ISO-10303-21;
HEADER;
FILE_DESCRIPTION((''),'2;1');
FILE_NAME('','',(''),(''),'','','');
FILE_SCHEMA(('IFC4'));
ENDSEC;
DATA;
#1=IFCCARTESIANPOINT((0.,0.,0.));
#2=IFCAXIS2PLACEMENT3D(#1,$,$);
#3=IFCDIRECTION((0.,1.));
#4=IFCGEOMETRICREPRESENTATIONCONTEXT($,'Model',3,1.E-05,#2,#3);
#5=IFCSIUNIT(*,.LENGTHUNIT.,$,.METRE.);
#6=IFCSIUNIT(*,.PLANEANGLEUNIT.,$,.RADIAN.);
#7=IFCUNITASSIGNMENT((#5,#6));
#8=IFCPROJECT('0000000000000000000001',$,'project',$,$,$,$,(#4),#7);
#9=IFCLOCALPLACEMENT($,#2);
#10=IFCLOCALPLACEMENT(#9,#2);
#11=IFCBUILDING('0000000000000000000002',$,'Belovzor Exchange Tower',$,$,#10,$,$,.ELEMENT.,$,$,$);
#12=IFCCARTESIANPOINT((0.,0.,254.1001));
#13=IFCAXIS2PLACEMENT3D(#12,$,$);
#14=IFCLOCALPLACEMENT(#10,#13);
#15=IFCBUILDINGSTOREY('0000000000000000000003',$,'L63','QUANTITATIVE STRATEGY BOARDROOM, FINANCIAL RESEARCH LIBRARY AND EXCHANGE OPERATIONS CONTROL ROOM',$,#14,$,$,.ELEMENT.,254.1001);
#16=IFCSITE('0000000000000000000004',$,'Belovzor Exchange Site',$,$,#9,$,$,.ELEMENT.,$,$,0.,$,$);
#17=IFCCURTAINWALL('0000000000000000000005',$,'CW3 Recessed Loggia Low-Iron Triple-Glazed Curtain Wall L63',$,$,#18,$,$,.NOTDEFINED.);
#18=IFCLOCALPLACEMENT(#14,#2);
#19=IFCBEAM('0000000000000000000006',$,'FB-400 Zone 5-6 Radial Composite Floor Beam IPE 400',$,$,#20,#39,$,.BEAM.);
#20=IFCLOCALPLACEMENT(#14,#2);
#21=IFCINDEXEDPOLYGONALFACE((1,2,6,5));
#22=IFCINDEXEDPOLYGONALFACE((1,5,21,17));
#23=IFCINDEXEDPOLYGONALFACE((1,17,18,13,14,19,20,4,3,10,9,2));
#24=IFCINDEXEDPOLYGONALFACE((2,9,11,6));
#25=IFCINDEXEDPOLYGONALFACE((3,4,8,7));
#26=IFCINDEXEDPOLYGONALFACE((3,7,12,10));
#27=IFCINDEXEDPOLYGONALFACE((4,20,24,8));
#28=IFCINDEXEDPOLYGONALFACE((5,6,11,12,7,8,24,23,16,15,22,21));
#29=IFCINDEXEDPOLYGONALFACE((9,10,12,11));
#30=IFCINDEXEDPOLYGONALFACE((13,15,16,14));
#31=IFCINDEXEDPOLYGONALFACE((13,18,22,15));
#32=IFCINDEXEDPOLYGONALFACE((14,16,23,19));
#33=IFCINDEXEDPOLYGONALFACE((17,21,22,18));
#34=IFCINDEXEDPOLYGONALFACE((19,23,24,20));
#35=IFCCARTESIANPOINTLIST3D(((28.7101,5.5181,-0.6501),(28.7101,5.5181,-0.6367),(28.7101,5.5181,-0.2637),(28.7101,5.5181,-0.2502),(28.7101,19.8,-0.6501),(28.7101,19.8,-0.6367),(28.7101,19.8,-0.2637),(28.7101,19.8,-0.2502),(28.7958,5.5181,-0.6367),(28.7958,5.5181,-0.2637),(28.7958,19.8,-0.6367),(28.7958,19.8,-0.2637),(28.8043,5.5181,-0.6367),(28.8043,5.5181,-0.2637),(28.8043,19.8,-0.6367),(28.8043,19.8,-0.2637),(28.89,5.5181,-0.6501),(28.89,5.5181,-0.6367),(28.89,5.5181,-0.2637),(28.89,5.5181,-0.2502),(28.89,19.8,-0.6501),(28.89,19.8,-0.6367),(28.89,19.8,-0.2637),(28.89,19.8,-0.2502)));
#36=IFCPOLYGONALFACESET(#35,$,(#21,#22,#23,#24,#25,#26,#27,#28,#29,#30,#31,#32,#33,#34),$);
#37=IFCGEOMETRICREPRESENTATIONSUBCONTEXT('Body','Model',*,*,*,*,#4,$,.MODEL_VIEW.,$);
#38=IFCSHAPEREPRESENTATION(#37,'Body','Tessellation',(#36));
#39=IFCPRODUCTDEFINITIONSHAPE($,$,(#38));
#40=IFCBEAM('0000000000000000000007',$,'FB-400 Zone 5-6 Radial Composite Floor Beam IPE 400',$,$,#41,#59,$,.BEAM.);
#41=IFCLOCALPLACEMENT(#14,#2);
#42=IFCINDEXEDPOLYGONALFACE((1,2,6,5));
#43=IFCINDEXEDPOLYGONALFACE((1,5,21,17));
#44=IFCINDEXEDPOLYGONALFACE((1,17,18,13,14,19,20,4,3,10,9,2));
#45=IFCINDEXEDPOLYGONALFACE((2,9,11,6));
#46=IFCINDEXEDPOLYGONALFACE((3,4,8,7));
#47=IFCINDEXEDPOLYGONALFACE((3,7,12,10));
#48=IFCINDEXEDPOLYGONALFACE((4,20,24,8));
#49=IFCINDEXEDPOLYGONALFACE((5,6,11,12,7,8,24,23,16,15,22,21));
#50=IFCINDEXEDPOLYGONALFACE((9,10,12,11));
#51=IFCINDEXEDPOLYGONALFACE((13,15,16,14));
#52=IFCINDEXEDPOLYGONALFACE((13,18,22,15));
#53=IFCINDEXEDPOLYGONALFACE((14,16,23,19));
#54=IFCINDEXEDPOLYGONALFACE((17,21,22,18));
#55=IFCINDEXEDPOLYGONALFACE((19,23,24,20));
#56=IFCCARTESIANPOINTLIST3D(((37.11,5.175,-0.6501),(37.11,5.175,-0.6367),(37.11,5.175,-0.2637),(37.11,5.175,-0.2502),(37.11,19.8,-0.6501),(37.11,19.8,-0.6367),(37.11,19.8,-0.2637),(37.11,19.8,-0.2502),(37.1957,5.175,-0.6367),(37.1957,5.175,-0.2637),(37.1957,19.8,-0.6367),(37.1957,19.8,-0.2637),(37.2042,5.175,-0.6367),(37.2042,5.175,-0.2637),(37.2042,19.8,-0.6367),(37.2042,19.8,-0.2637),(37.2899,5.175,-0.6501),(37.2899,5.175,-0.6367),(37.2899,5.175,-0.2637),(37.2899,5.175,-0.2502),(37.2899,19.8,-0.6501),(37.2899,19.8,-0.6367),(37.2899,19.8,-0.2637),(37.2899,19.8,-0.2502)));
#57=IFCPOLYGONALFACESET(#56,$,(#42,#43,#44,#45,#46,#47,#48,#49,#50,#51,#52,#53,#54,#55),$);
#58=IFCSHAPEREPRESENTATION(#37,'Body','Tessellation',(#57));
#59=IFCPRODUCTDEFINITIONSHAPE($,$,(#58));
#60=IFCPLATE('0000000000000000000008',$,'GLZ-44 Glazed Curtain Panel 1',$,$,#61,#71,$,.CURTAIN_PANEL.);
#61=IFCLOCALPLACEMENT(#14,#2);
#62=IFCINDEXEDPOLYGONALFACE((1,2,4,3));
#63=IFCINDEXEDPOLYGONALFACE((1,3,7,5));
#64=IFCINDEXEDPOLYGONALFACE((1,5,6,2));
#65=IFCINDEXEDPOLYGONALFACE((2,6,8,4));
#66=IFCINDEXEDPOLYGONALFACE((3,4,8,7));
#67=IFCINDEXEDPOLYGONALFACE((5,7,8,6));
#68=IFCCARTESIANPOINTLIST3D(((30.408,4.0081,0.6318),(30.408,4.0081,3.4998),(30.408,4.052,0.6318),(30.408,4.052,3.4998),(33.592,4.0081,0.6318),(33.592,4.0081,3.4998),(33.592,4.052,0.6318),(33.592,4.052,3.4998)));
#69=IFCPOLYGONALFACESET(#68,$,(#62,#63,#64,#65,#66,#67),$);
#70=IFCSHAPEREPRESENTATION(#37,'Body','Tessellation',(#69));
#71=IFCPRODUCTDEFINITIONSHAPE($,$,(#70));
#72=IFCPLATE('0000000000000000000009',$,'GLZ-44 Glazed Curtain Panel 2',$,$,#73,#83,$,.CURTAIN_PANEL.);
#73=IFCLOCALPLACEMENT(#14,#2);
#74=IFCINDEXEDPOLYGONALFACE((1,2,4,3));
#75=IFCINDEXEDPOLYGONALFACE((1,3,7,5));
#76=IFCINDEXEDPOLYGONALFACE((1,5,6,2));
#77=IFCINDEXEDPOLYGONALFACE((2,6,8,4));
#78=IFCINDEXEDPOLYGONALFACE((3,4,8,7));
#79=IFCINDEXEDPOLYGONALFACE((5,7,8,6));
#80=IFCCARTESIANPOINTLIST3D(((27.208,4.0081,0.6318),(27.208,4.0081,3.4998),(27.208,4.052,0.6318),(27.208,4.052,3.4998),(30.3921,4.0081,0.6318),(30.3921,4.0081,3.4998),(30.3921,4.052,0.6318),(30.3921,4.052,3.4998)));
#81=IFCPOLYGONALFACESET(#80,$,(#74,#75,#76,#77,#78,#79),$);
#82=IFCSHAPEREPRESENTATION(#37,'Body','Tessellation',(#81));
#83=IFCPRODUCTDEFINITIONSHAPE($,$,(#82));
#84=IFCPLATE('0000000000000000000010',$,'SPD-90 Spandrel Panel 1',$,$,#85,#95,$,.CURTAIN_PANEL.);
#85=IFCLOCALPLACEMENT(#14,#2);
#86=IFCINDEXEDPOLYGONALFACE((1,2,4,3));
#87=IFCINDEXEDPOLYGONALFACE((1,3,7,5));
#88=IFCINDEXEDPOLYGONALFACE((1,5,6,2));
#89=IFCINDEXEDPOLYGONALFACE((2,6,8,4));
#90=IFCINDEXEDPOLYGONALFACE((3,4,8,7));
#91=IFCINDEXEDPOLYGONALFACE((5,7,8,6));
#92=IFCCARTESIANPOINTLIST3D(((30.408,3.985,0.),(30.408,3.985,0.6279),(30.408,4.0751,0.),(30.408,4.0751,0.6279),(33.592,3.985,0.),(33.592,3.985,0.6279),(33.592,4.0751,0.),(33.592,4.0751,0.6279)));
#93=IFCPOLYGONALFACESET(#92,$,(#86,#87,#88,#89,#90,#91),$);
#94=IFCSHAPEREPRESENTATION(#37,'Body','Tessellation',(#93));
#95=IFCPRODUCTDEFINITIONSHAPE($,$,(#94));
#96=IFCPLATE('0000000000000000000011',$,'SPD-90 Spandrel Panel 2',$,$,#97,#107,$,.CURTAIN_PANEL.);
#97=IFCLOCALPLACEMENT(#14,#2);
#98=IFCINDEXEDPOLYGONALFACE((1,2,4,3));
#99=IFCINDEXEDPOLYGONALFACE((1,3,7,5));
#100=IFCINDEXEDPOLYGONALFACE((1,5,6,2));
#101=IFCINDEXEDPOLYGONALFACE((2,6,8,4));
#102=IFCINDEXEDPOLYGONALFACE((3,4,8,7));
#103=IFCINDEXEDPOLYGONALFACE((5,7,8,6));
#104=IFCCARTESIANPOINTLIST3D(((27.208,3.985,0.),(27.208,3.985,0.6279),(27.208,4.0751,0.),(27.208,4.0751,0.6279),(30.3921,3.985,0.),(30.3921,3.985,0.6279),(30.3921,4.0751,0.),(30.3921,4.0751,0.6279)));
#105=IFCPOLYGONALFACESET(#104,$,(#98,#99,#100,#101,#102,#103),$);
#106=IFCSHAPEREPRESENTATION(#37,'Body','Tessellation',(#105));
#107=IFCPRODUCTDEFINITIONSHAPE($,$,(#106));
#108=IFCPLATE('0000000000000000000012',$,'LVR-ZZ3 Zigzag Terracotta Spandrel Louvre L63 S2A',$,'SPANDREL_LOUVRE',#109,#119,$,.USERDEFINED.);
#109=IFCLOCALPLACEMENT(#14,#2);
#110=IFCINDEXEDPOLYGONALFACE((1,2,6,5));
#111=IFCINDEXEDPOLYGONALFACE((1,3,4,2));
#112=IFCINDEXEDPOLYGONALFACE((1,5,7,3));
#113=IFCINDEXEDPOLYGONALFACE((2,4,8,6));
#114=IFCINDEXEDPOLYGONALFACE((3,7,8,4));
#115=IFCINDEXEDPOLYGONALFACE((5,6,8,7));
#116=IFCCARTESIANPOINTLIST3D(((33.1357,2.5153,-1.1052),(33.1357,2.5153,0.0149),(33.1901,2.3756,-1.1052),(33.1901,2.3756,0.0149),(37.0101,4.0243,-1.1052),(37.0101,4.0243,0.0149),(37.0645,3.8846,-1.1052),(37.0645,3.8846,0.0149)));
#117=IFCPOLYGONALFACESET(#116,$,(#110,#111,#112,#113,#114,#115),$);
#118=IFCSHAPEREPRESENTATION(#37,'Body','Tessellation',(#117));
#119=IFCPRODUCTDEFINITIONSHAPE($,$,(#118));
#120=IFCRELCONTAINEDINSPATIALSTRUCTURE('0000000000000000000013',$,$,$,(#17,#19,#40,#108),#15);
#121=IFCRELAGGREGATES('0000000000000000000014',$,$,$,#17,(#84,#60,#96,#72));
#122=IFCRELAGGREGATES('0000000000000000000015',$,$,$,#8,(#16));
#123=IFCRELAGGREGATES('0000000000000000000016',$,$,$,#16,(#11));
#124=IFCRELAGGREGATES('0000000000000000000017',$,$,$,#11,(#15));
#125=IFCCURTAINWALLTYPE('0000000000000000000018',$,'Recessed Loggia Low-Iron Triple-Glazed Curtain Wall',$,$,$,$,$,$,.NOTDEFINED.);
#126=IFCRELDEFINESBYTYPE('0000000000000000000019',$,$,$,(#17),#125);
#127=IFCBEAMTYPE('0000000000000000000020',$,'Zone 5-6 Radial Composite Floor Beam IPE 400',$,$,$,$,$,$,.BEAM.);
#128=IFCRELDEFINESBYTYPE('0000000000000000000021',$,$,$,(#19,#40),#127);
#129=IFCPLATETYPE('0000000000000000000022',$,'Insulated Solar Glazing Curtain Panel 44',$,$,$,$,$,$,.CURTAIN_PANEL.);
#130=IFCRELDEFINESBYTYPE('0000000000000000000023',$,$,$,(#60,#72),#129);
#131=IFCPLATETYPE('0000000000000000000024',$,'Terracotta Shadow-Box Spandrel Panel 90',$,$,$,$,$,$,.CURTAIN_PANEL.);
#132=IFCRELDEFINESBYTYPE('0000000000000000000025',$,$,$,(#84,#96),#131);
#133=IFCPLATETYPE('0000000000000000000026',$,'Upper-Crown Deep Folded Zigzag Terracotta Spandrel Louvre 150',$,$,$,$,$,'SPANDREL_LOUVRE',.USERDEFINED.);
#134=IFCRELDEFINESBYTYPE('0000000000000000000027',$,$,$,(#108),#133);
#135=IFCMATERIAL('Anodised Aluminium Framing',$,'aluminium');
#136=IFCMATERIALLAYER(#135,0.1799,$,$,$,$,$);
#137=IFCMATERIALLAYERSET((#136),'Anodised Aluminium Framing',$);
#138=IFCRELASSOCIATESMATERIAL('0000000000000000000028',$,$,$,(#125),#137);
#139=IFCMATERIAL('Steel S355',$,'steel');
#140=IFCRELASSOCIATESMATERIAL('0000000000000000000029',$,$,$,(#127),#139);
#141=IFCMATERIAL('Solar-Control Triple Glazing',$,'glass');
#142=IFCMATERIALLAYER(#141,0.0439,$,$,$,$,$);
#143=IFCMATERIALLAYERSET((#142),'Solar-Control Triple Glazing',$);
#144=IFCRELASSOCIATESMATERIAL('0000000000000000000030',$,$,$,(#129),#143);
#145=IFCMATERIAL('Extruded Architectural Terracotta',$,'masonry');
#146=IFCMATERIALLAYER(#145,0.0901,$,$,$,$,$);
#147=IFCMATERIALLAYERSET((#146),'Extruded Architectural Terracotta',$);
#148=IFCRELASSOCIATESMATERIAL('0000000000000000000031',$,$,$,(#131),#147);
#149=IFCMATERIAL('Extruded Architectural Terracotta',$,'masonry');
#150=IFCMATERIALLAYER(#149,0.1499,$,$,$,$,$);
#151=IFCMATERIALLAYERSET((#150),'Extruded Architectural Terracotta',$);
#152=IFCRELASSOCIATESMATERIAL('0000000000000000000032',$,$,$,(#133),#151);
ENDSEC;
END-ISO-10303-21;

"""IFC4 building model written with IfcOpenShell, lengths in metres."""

from ifc_helpers import new_model, si_unit, direction, frame, origin, origin_2d, place, context, subcontext, project, spatial, rectangle, i_section, extrude, material, layer, layer_set, material_profile, profile_set, type_object, element, aggregate, save


model = new_model("IFC4")

# Units and contexts
model_context = context("Model", 3, precision=1e-05, world=origin(), true_north=direction((0.0, 1.0)))
body_context = subcontext(model_context, "Body", "Model", "MODEL_VIEW")
ifc_project = project(units=[si_unit("LENGTHUNIT", "METRE"), si_unit("PLANEANGLEUNIT", "RADIAN")], contexts=[model_context])

# Site, building, storey
site_placement = place(None, origin())
site = spatial("IfcSite", under=ifc_project, at=site_placement, Name="Belovzor Exchange Site", CompositionType="ELEMENT", RefElevation=0.0)
building_placement = place(site_placement, origin())
building = spatial("IfcBuilding", under=site, at=building_placement, Name="Belovzor Exchange Tower", CompositionType="ELEMENT")
storey_placement = place(building_placement, frame((0.0, 0.0, 254.1001)))
storey = spatial("IfcBuildingStorey", under=building, at=storey_placement, Name="L63", Description="QUANTITATIVE STRATEGY BOARDROOM, FINANCIAL RESEARCH LIBRARY AND EXCHANGE OPERATIONS CONTROL ROOM", CompositionType="ELEMENT", Elevation=254.1001)

# Curtain wall
ifc_material_1 = material(Name="Anodised Aluminium Framing", Category="aluminium")
ifc_layer_1 = layer(ifc_material_1, 0.1799)
ifc_layer_set_1 = layer_set([ifc_layer_1], Name="Anodised Aluminium Framing")
curtain_wall_type = type_object("IfcCurtainWallType", Name="Recessed Loggia Low-Iron Triple-Glazed Curtain Wall", PredefinedType="NOTDEFINED", material=ifc_layer_set_1)
curtain_wall_placement = place(storey_placement, origin())
curtain_wall = element("IfcCurtainWall", 1, at=curtain_wall_placement, inside=storey, type_object=curtain_wall_type, Name="CW3 Recessed Loggia Low-Iron Triple-Glazed Curtain Wall L63", PredefinedType="NOTDEFINED")

# Beams
ifc_material_2 = material(Name="Steel S355", Category="steel")
ifc_material_profile_1 = material_profile(ifc_material_2, i_section(OverallWidth=0.1799, OverallDepth=0.3999, WebThickness=0.0085, FlangeThickness=0.0134, at=origin_2d()))
ifc_profile_set_1 = profile_set([ifc_material_profile_1], Name="Steel S355")
beam_type_1 = type_object("IfcBeamType", Name="Zone 5-6 Radial Composite Floor Beam IPE 400", PredefinedType="BEAM", material=ifc_profile_set_1)
beam_1_placement = place(storey_placement, frame((28.8, 19.8, -0.4502), z_axis=(0.0, -1.0, 0.0), x_axis=(1.0, 0.0, 0.0)))
element("IfcBeam", 2, at=beam_1_placement, inside=storey, type_object=beam_type_1, Name="FB-400 Zone 5-6 Radial Composite Floor Beam IPE 400", PredefinedType="BEAM", context=body_context, shape_type="SweptSolid", body=[
    extrude(i_section(OverallWidth=0.1799, OverallDepth=0.3999, WebThickness=0.0085, FlangeThickness=0.0134, at=origin_2d()), origin(), (0.0, 0.0, 1.0), 14.282),
])
beam_2_placement = place(storey_placement, frame((37.2, 19.8, -0.4502), z_axis=(0.0, -1.0, 0.0), x_axis=(1.0, 0.0, 0.0)))
element("IfcBeam", 3, at=beam_2_placement, inside=storey, type_object=beam_type_1, Name="FB-400 Zone 5-6 Radial Composite Floor Beam IPE 400", PredefinedType="BEAM", context=body_context, shape_type="SweptSolid", body=[
    extrude(i_section(OverallWidth=0.1799, OverallDepth=0.3999, WebThickness=0.0085, FlangeThickness=0.0134, at=origin_2d()), origin(), (0.0, 0.0, 1.0), 14.625),
])

# Plates
ifc_material_3 = material(Name="Solar-Control Triple Glazing", Category="glass")
ifc_layer_2 = layer(ifc_material_3, 0.0439)
ifc_layer_set_2 = layer_set([ifc_layer_2], Name="Solar-Control Triple Glazing")
plate_type_1 = type_object("IfcPlateType", Name="Insulated Solar Glazing Curtain Panel 44", PredefinedType="CURTAIN_PANEL", material=ifc_layer_set_2)
plate_1_placement = place(storey_placement, frame((32.0, 4.03, 0.6318), z_axis=(0.0, 0.0, 1.0), x_axis=(-1.0, 0.0, 0.0)))
plate_1 = element("IfcPlate", 4, at=plate_1_placement, type_object=plate_type_1, Name="GLZ-44 Glazed Curtain Panel 1", PredefinedType="CURTAIN_PANEL", context=body_context, shape_type="SweptSolid", body=[
    extrude(rectangle(XDim=3.1841, YDim=0.0439, at=origin_2d()), origin(), (0.0, 0.0, 1.0), 2.8679),
])
plate_2_placement = place(storey_placement, frame((28.8, 4.03, 0.6318), z_axis=(0.0, 0.0, 1.0), x_axis=(-1.0, 0.0, 0.0)))
plate_2 = element("IfcPlate", 5, at=plate_2_placement, type_object=plate_type_1, Name="GLZ-44 Glazed Curtain Panel 2", PredefinedType="CURTAIN_PANEL", context=body_context, shape_type="SweptSolid", body=[
    extrude(rectangle(XDim=3.1841, YDim=0.0439, at=origin_2d()), origin(), (0.0, 0.0, 1.0), 2.8679),
])
ifc_material_4 = material(Name="Extruded Architectural Terracotta", Category="masonry")
ifc_layer_3 = layer(ifc_material_4, 0.0901)
ifc_layer_set_3 = layer_set([ifc_layer_3], Name="Extruded Architectural Terracotta")
plate_type_2 = type_object("IfcPlateType", Name="Terracotta Shadow-Box Spandrel Panel 90", PredefinedType="CURTAIN_PANEL", material=ifc_layer_set_3)
plate_3_placement = place(storey_placement, frame((32.0, 4.03, 0.0), z_axis=(0.0, 0.0, 1.0), x_axis=(-1.0, 0.0, 0.0)))
plate_3 = element("IfcPlate", 6, at=plate_3_placement, type_object=plate_type_2, Name="SPD-90 Spandrel Panel 1", PredefinedType="CURTAIN_PANEL", context=body_context, shape_type="SweptSolid", body=[
    extrude(rectangle(XDim=3.1841, YDim=0.0901, at=origin_2d()), origin(), (0.0, 0.0, 1.0), 0.6279),
])
plate_4_placement = place(storey_placement, frame((28.8, 4.03, 0.0), z_axis=(0.0, 0.0, 1.0), x_axis=(-1.0, 0.0, 0.0)))
plate_4 = element("IfcPlate", 7, at=plate_4_placement, type_object=plate_type_2, Name="SPD-90 Spandrel Panel 2", PredefinedType="CURTAIN_PANEL", context=body_context, shape_type="SweptSolid", body=[
    extrude(rectangle(XDim=3.1841, YDim=0.0901, at=origin_2d()), origin(), (0.0, 0.0, 1.0), 0.6279),
])
aggregate(curtain_wall, [plate_3, plate_1, plate_4, plate_2])
ifc_material_5 = material(Name="Extruded Architectural Terracotta", Category="masonry")
ifc_layer_4 = layer(ifc_material_5, 0.1499)
ifc_layer_set_4 = layer_set([ifc_layer_4], Name="Extruded Architectural Terracotta")
plate_type_3 = type_object("IfcPlateType", Name="Upper-Crown Deep Folded Zigzag Terracotta Spandrel Louvre 150", ElementType="SPANDREL_LOUVRE", PredefinedType="USERDEFINED", material=ifc_layer_set_4)
plate_5_placement = place(storey_placement, frame((35.1001, 3.2, -1.1052), z_axis=(0.0, 0.0, 1.0), x_axis=(0.931818, 0.362926, 0.0)))
element("IfcPlate", 8, at=plate_5_placement, inside=storey, type_object=plate_type_3, Name="LVR-ZZ3 Zigzag Terracotta Spandrel Louvre L63 S2A", ObjectType="SPANDREL_LOUVRE", PredefinedType="USERDEFINED", context=body_context, shape_type="SweptSolid", body=[
    extrude(rectangle(XDim=4.158, YDim=0.1499, at=origin_2d()), origin(), (0.0, 0.0, 1.0), 1.1201),
])

save(model, "model.ifc")
